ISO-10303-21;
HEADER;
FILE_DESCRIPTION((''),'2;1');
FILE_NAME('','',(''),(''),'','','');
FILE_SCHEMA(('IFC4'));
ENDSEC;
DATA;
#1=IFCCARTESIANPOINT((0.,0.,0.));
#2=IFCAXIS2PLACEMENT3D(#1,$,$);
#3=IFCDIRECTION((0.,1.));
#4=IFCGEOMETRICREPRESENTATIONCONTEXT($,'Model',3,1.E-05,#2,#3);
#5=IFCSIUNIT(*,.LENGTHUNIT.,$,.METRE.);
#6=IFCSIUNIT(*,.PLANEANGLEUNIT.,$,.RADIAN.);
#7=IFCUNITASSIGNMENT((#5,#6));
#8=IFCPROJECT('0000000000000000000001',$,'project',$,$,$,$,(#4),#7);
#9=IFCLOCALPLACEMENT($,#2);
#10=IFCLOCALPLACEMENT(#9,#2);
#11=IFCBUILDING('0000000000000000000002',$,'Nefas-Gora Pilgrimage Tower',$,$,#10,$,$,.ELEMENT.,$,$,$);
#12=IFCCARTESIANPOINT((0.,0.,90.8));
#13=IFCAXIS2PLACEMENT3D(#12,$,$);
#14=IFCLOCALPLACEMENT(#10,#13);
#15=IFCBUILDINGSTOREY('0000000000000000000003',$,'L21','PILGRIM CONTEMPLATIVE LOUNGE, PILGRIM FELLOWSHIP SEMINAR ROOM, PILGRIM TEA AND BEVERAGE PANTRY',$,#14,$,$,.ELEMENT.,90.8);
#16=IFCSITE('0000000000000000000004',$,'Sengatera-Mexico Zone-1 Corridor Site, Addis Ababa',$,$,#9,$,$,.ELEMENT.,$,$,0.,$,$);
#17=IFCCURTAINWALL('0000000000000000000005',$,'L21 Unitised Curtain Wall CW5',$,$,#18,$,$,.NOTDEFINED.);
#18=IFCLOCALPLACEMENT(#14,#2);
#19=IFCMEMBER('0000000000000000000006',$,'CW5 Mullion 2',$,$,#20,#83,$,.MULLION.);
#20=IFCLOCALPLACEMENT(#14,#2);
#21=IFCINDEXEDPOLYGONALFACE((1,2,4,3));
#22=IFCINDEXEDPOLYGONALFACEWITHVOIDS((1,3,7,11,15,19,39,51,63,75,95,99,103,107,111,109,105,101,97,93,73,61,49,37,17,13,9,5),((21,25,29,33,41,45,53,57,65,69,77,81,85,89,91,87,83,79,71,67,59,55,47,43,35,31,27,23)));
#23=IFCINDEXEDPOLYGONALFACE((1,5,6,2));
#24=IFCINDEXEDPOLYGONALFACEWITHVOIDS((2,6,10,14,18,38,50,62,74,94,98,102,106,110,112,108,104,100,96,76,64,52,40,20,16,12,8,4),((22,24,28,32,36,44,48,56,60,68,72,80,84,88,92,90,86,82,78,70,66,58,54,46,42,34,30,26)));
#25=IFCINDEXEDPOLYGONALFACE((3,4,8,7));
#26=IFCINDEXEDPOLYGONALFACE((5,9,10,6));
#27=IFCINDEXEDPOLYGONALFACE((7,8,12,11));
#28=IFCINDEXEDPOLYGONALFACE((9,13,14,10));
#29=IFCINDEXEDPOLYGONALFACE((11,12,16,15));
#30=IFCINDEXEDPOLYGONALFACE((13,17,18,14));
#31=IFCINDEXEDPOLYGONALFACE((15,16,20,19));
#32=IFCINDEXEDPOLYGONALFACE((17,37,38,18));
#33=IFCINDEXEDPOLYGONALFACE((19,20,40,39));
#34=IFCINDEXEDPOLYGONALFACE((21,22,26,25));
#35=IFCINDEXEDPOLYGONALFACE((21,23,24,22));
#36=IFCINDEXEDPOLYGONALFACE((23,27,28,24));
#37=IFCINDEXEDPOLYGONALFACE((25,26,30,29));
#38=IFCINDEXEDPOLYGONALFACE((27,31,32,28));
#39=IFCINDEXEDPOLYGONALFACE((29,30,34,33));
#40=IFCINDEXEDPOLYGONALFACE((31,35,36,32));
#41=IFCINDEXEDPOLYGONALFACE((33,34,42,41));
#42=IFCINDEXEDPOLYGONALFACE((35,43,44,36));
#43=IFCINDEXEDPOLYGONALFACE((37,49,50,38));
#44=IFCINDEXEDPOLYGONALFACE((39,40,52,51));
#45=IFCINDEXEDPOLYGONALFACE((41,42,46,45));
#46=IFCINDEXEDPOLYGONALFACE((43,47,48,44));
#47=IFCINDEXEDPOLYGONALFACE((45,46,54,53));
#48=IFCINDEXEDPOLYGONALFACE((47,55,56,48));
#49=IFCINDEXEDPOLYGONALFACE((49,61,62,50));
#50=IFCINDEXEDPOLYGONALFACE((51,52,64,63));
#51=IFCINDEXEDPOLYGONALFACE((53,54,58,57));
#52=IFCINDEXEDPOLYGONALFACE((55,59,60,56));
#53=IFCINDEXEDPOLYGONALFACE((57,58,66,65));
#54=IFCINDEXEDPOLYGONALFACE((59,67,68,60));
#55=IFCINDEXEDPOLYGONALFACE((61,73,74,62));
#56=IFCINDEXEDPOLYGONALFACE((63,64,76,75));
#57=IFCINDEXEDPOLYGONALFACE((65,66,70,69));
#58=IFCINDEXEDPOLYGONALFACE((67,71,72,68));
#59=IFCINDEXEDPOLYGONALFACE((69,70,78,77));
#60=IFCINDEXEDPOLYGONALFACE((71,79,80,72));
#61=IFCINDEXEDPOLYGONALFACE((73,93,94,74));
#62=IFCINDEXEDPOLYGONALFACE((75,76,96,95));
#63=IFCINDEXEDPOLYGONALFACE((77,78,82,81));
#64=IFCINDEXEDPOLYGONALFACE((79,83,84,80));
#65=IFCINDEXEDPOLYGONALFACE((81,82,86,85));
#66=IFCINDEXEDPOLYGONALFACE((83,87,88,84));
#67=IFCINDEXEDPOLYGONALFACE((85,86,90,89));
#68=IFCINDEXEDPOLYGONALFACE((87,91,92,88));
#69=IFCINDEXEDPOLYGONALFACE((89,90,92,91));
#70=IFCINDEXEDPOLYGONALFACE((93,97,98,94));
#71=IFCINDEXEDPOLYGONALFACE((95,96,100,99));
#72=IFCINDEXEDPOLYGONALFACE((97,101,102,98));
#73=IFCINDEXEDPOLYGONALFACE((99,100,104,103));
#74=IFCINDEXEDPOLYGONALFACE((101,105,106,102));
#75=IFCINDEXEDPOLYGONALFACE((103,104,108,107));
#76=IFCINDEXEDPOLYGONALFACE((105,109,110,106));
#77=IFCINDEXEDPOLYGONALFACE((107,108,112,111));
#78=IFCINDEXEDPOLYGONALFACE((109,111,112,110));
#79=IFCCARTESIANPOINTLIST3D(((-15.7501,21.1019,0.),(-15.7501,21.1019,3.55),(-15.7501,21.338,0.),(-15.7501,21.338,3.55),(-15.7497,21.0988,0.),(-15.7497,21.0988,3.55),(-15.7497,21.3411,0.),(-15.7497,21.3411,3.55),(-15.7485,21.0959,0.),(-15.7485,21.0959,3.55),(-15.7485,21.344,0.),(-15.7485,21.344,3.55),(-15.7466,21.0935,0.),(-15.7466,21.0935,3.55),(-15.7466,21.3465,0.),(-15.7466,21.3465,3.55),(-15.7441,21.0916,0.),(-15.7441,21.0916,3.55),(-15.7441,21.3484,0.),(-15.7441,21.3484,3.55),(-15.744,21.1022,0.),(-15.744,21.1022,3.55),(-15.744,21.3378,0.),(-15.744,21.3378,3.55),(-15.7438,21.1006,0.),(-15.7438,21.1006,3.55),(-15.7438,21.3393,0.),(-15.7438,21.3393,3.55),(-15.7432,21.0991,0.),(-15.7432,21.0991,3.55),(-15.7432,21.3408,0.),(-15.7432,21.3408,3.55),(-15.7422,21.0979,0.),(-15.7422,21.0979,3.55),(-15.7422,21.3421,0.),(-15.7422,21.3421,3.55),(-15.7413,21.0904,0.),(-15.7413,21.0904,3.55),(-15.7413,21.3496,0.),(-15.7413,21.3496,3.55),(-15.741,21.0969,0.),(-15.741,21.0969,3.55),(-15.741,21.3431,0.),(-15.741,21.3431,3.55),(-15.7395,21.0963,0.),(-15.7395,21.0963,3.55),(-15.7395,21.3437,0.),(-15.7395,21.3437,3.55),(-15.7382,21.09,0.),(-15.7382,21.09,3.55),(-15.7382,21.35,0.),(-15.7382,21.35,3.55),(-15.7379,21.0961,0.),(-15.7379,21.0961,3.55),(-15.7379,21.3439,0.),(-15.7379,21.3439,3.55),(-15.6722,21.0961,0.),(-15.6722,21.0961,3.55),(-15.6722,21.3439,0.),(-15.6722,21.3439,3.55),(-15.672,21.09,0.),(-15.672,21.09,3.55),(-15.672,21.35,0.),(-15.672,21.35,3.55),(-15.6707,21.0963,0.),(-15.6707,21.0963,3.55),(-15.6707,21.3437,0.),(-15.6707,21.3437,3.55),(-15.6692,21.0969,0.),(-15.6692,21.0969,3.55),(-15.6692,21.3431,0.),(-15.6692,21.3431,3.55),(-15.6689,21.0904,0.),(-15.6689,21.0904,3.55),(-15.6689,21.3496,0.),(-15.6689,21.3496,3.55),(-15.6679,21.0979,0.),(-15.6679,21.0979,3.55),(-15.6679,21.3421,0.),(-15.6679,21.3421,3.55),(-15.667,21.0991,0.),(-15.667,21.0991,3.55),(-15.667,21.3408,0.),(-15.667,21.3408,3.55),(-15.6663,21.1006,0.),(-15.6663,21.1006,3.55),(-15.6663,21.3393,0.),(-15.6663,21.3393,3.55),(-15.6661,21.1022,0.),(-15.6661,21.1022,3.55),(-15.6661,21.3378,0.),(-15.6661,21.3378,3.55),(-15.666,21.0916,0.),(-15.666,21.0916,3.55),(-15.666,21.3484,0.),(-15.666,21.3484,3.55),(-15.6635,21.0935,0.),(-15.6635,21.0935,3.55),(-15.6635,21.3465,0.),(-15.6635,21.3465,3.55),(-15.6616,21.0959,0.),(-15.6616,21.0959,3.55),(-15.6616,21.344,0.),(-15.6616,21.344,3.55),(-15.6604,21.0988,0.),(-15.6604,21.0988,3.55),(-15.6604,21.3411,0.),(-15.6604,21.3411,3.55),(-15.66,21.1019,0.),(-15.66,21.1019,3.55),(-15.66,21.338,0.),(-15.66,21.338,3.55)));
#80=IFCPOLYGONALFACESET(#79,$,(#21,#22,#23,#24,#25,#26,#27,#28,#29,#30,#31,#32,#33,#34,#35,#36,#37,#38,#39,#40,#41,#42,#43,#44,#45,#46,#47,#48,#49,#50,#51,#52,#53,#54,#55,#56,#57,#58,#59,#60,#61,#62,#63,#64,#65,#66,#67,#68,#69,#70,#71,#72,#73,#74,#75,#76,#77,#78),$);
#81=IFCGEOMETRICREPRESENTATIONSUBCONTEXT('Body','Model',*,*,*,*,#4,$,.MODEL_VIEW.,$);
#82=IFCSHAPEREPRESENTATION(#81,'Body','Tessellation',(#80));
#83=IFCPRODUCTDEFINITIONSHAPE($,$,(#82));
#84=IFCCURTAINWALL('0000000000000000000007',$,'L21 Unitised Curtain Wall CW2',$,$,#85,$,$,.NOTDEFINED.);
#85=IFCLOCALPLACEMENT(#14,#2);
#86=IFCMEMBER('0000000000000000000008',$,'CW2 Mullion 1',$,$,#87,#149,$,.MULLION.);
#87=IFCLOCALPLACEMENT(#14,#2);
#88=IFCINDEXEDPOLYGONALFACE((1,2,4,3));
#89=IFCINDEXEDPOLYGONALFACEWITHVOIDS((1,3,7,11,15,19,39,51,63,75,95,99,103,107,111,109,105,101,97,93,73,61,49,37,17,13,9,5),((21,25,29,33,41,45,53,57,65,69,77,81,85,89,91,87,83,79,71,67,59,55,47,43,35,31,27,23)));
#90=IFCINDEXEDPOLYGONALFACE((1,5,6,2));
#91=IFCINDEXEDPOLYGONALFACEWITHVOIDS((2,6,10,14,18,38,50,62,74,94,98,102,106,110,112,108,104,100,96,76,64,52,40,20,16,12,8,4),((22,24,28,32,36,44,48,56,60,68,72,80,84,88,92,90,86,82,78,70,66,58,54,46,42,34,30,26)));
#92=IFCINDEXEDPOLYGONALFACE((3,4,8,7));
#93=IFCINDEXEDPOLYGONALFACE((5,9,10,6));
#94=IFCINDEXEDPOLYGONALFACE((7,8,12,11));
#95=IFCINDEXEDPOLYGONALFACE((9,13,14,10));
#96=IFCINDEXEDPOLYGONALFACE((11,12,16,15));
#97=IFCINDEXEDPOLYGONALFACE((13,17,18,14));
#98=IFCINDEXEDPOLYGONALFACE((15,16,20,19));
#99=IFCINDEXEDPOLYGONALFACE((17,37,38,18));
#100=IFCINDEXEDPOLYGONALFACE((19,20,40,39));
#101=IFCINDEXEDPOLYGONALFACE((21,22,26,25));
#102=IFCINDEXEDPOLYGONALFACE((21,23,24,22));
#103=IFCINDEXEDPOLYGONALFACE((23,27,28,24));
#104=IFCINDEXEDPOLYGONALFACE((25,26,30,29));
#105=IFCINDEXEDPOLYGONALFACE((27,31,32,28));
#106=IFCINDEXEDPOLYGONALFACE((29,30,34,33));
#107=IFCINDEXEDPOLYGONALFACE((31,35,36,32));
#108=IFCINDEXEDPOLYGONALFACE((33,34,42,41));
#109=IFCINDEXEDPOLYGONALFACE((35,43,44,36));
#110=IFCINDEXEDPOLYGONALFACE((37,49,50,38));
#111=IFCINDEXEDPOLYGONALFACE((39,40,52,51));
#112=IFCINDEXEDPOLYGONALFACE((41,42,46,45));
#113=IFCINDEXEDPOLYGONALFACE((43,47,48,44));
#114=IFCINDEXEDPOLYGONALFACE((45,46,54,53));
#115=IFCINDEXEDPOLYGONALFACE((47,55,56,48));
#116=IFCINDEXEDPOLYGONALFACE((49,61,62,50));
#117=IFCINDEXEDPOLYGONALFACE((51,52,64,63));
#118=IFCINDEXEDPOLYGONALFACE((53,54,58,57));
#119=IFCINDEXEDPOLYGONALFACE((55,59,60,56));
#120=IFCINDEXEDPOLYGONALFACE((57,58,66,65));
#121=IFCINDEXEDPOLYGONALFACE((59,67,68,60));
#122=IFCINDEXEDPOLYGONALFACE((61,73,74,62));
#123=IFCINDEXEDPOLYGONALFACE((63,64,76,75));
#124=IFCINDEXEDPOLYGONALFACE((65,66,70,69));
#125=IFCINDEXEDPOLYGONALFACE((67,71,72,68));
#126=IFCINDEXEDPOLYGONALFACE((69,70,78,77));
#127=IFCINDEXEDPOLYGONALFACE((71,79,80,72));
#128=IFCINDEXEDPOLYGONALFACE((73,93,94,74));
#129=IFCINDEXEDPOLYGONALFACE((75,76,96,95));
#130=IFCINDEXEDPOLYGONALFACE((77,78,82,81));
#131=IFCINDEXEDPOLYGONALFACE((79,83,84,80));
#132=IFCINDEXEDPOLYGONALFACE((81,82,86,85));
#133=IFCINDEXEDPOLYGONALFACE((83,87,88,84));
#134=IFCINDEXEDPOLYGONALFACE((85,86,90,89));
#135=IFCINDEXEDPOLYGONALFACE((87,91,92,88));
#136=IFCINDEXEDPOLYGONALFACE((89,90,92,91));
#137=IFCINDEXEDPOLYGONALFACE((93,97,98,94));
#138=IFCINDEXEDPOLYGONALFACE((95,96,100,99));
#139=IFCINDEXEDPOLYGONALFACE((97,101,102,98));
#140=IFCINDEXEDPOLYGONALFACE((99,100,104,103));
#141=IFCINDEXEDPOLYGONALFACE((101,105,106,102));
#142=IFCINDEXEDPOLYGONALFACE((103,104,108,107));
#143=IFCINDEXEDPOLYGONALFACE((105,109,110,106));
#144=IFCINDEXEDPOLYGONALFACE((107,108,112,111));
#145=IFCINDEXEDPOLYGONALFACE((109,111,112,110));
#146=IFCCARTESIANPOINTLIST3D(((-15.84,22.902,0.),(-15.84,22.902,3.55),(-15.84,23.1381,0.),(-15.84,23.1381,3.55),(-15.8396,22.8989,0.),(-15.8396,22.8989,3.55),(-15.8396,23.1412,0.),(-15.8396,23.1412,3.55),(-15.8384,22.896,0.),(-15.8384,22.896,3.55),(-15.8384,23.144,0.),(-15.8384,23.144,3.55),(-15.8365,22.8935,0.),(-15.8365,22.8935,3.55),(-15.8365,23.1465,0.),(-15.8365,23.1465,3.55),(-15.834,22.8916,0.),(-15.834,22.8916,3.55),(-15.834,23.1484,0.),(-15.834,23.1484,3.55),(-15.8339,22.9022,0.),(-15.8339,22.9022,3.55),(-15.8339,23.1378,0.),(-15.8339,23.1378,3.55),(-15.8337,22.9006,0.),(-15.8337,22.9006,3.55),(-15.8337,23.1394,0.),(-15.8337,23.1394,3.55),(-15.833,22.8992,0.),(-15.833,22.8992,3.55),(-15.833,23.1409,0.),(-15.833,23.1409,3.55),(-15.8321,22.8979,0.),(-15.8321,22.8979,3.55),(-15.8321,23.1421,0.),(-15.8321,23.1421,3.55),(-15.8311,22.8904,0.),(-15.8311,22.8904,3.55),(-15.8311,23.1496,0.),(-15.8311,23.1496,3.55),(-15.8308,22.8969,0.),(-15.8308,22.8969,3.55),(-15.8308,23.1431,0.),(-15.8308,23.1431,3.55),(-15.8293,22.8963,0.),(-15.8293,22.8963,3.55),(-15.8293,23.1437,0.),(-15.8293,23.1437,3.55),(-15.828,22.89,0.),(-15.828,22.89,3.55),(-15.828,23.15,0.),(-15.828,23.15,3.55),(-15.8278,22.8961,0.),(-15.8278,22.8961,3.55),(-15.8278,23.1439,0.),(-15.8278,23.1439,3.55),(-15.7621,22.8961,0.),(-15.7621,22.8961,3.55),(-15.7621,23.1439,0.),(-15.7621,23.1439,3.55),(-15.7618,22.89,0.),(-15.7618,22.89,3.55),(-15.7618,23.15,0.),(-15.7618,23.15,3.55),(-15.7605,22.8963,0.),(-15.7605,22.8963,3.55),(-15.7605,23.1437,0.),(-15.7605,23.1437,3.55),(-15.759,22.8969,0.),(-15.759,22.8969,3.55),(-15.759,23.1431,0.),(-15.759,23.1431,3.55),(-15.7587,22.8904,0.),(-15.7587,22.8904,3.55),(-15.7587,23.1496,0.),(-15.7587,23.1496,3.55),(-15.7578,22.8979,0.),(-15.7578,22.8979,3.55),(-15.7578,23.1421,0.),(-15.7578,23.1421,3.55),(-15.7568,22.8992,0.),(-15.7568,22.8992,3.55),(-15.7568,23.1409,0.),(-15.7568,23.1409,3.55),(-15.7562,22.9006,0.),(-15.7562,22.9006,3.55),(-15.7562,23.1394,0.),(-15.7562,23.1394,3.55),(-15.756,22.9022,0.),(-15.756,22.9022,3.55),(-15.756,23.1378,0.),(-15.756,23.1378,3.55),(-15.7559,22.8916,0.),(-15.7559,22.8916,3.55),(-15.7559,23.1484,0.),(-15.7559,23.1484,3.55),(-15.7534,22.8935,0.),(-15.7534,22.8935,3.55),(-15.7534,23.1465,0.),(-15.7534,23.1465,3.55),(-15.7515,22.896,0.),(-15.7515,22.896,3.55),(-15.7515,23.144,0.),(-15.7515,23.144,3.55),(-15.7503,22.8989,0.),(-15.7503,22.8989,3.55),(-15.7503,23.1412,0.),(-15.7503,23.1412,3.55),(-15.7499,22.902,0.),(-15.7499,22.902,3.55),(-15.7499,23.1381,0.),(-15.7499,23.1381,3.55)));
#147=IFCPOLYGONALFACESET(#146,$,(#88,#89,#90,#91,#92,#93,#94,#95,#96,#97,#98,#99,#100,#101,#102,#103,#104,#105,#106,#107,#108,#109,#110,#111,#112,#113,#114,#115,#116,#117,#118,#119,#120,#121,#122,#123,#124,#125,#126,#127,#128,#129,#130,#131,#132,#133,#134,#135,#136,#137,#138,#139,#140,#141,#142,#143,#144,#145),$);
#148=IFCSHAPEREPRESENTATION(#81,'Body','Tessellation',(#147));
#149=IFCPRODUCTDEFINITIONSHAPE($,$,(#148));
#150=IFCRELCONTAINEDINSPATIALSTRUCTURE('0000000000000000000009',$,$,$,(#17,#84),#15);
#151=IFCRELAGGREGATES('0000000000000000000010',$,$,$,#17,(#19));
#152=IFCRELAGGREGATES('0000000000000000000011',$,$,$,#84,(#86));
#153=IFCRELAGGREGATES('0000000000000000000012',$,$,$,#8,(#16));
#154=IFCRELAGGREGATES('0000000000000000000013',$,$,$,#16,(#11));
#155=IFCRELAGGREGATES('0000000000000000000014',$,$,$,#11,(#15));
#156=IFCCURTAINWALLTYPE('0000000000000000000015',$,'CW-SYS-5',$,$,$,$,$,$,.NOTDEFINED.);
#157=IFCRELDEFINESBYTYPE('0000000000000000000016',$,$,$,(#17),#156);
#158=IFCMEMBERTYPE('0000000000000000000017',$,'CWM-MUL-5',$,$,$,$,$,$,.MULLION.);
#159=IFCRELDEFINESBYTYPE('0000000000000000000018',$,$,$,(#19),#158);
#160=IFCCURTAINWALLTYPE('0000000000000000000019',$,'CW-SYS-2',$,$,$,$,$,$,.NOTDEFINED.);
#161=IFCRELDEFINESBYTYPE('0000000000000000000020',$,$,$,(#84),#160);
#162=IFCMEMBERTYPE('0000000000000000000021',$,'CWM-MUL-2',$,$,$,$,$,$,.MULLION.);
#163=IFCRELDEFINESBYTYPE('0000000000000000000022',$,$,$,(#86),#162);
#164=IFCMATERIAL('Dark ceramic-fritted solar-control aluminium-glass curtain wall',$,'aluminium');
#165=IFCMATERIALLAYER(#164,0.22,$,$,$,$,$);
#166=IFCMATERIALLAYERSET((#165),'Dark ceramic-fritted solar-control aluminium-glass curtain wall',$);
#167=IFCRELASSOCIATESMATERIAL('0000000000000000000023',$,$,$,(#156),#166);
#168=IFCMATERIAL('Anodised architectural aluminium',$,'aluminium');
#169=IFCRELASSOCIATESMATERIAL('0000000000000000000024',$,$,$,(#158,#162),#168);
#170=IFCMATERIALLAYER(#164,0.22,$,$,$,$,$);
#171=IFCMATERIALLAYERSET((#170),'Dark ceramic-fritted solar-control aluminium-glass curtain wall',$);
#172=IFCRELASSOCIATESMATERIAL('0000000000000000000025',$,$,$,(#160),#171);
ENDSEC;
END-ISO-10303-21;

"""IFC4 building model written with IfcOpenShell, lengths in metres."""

from ifc_helpers import new_model, si_unit, direction, frame, origin, origin_2d, place, context, subcontext, project, spatial, hollow_rectangle, extrude, source, transform, mapped, material, layer, layer_set, material_profile, profile_set, type_object, element, aggregate, save


model = new_model("IFC4")

# Units and contexts
model_context = context("Model", 3, precision=1e-05, world=origin(), true_north=direction((0.0, 1.0)))
body_context = subcontext(model_context, "Body", "Model", "MODEL_VIEW")
ifc_project = project(units=[si_unit("LENGTHUNIT", "METRE"), si_unit("PLANEANGLEUNIT", "RADIAN")], contexts=[model_context])

# Site, building, storey
site_placement = place(None, origin())
site = spatial("IfcSite", under=ifc_project, at=site_placement, Name="Sengatera-Mexico Zone-1 Corridor Site, Addis Ababa", CompositionType="ELEMENT", RefElevation=0.0)
building_placement = place(site_placement, origin())
building = spatial("IfcBuilding", under=site, at=building_placement, Name="Nefas-Gora Pilgrimage Tower", CompositionType="ELEMENT")
storey_placement = place(building_placement, frame((0.0, 0.0, 90.8)))
storey = spatial("IfcBuildingStorey", under=building, at=storey_placement, Name="L21", Description="PILGRIM CONTEMPLATIVE LOUNGE, PILGRIM FELLOWSHIP SEMINAR ROOM, PILGRIM TEA AND BEVERAGE PANTRY", CompositionType="ELEMENT", Elevation=90.8)

# Curtain wall, member
ifc_material_1 = material(Name="Dark ceramic-fritted solar-control aluminium-glass curtain wall", Category="aluminium")
ifc_layer_1 = layer(ifc_material_1, 0.22)
ifc_layer_set_1 = layer_set([ifc_layer_1], Name="Dark ceramic-fritted solar-control aluminium-glass curtain wall")
curtain_wall_type_1 = type_object("IfcCurtainWallType", Name="CW-SYS-5", PredefinedType="NOTDEFINED", material=ifc_layer_set_1)
curtain_wall_1_placement = place(storey_placement, origin())
curtain_wall_1 = element("IfcCurtainWall", 1, at=curtain_wall_1_placement, inside=storey, type_object=curtain_wall_type_1, Name="L21 Unitised Curtain Wall CW5", PredefinedType="NOTDEFINED")
ifc_material_2 = material(Name="Anodised architectural aluminium", Category="aluminium")
ifc_material_profile_1 = material_profile(ifc_material_2, hollow_rectangle(XDim=0.0901, YDim=0.26, WallThickness=0.0061, InnerFilletRadius=0.0061, OuterFilletRadius=0.012, at=origin_2d()), Name="ALU MULLION 90x260")
ifc_profile_set_1 = profile_set([ifc_material_profile_1], Name="Anodised architectural aluminium")
member_type_1 = type_object("IfcMemberType", Name="CWM-MUL-5", PredefinedType="MULLION", material=ifc_profile_set_1)
shared_shape_1 = source(origin(), body_context, "Body", "SweptSolid", [
    extrude(hollow_rectangle(XDim=0.0901, YDim=0.26, WallThickness=0.0061, InnerFilletRadius=0.0061, OuterFilletRadius=0.012, at=origin_2d()), origin(), (0.0, 0.0, 1.0), 3.55),
])
member_1_placement = place(storey_placement, frame((-15.7051, 21.22, 0.0), z_axis=(0.0, 0.0, 1.0), x_axis=(-1.0, 0.0, 0.0)))
member_1 = element("IfcMember", 2, at=member_1_placement, type_object=member_type_1, Name="CW5 Mullion 2", PredefinedType="MULLION", context=body_context, shape_type="MappedRepresentation", body=[
    mapped(shared_shape_1, transform((0.0, 0.0, 0.0), x_axis=(1.0, 0.0, 0.0), y_axis=(0.0, 1.0, 0.0), z_axis=(0.0, 0.0, 1.0), scale=1.0)),
])

# Curtain wall, member
ifc_layer_2 = layer(ifc_material_1, 0.22)
ifc_layer_set_2 = layer_set([ifc_layer_2], Name="Dark ceramic-fritted solar-control aluminium-glass curtain wall")
curtain_wall_type_2 = type_object("IfcCurtainWallType", Name="CW-SYS-2", PredefinedType="NOTDEFINED", material=ifc_layer_set_2)
curtain_wall_2_placement = place(storey_placement, origin())
curtain_wall_2 = element("IfcCurtainWall", 3, at=curtain_wall_2_placement, inside=storey, type_object=curtain_wall_type_2, Name="L21 Unitised Curtain Wall CW2", PredefinedType="NOTDEFINED")
ifc_material_profile_2 = material_profile(ifc_material_2, hollow_rectangle(XDim=0.0901, YDim=0.26, WallThickness=0.0061, InnerFilletRadius=0.0061, OuterFilletRadius=0.012, at=origin_2d()), Name="ALU MULLION 90x260")
ifc_profile_set_2 = profile_set([ifc_material_profile_2], Name="Anodised architectural aluminium")
member_type_2 = type_object("IfcMemberType", Name="CWM-MUL-2", PredefinedType="MULLION", material=ifc_profile_set_2)
shared_shape_2 = source(origin(), body_context, "Body", "SweptSolid", [
    extrude(hollow_rectangle(XDim=0.0901, YDim=0.26, WallThickness=0.0061, InnerFilletRadius=0.0061, OuterFilletRadius=0.012, at=origin_2d()), origin(), (0.0, 0.0, 1.0), 3.55),
])
member_2_placement = place(storey_placement, frame((-15.7949, 23.02, 0.0), z_axis=(0.0, 0.0, 1.0), x_axis=(-1.0, 0.0, 0.0)))
member_2 = element("IfcMember", 4, at=member_2_placement, type_object=member_type_2, Name="CW2 Mullion 1", PredefinedType="MULLION", context=body_context, shape_type="MappedRepresentation", body=[
    mapped(shared_shape_2, transform((0.0, 0.0, 0.0), x_axis=(1.0, 0.0, 0.0), y_axis=(0.0, 1.0, 0.0), z_axis=(0.0, 0.0, 1.0), scale=1.0)),
])

aggregate(curtain_wall_1, [member_1])
aggregate(curtain_wall_2, [member_2])

save(model, "model.ifc")
